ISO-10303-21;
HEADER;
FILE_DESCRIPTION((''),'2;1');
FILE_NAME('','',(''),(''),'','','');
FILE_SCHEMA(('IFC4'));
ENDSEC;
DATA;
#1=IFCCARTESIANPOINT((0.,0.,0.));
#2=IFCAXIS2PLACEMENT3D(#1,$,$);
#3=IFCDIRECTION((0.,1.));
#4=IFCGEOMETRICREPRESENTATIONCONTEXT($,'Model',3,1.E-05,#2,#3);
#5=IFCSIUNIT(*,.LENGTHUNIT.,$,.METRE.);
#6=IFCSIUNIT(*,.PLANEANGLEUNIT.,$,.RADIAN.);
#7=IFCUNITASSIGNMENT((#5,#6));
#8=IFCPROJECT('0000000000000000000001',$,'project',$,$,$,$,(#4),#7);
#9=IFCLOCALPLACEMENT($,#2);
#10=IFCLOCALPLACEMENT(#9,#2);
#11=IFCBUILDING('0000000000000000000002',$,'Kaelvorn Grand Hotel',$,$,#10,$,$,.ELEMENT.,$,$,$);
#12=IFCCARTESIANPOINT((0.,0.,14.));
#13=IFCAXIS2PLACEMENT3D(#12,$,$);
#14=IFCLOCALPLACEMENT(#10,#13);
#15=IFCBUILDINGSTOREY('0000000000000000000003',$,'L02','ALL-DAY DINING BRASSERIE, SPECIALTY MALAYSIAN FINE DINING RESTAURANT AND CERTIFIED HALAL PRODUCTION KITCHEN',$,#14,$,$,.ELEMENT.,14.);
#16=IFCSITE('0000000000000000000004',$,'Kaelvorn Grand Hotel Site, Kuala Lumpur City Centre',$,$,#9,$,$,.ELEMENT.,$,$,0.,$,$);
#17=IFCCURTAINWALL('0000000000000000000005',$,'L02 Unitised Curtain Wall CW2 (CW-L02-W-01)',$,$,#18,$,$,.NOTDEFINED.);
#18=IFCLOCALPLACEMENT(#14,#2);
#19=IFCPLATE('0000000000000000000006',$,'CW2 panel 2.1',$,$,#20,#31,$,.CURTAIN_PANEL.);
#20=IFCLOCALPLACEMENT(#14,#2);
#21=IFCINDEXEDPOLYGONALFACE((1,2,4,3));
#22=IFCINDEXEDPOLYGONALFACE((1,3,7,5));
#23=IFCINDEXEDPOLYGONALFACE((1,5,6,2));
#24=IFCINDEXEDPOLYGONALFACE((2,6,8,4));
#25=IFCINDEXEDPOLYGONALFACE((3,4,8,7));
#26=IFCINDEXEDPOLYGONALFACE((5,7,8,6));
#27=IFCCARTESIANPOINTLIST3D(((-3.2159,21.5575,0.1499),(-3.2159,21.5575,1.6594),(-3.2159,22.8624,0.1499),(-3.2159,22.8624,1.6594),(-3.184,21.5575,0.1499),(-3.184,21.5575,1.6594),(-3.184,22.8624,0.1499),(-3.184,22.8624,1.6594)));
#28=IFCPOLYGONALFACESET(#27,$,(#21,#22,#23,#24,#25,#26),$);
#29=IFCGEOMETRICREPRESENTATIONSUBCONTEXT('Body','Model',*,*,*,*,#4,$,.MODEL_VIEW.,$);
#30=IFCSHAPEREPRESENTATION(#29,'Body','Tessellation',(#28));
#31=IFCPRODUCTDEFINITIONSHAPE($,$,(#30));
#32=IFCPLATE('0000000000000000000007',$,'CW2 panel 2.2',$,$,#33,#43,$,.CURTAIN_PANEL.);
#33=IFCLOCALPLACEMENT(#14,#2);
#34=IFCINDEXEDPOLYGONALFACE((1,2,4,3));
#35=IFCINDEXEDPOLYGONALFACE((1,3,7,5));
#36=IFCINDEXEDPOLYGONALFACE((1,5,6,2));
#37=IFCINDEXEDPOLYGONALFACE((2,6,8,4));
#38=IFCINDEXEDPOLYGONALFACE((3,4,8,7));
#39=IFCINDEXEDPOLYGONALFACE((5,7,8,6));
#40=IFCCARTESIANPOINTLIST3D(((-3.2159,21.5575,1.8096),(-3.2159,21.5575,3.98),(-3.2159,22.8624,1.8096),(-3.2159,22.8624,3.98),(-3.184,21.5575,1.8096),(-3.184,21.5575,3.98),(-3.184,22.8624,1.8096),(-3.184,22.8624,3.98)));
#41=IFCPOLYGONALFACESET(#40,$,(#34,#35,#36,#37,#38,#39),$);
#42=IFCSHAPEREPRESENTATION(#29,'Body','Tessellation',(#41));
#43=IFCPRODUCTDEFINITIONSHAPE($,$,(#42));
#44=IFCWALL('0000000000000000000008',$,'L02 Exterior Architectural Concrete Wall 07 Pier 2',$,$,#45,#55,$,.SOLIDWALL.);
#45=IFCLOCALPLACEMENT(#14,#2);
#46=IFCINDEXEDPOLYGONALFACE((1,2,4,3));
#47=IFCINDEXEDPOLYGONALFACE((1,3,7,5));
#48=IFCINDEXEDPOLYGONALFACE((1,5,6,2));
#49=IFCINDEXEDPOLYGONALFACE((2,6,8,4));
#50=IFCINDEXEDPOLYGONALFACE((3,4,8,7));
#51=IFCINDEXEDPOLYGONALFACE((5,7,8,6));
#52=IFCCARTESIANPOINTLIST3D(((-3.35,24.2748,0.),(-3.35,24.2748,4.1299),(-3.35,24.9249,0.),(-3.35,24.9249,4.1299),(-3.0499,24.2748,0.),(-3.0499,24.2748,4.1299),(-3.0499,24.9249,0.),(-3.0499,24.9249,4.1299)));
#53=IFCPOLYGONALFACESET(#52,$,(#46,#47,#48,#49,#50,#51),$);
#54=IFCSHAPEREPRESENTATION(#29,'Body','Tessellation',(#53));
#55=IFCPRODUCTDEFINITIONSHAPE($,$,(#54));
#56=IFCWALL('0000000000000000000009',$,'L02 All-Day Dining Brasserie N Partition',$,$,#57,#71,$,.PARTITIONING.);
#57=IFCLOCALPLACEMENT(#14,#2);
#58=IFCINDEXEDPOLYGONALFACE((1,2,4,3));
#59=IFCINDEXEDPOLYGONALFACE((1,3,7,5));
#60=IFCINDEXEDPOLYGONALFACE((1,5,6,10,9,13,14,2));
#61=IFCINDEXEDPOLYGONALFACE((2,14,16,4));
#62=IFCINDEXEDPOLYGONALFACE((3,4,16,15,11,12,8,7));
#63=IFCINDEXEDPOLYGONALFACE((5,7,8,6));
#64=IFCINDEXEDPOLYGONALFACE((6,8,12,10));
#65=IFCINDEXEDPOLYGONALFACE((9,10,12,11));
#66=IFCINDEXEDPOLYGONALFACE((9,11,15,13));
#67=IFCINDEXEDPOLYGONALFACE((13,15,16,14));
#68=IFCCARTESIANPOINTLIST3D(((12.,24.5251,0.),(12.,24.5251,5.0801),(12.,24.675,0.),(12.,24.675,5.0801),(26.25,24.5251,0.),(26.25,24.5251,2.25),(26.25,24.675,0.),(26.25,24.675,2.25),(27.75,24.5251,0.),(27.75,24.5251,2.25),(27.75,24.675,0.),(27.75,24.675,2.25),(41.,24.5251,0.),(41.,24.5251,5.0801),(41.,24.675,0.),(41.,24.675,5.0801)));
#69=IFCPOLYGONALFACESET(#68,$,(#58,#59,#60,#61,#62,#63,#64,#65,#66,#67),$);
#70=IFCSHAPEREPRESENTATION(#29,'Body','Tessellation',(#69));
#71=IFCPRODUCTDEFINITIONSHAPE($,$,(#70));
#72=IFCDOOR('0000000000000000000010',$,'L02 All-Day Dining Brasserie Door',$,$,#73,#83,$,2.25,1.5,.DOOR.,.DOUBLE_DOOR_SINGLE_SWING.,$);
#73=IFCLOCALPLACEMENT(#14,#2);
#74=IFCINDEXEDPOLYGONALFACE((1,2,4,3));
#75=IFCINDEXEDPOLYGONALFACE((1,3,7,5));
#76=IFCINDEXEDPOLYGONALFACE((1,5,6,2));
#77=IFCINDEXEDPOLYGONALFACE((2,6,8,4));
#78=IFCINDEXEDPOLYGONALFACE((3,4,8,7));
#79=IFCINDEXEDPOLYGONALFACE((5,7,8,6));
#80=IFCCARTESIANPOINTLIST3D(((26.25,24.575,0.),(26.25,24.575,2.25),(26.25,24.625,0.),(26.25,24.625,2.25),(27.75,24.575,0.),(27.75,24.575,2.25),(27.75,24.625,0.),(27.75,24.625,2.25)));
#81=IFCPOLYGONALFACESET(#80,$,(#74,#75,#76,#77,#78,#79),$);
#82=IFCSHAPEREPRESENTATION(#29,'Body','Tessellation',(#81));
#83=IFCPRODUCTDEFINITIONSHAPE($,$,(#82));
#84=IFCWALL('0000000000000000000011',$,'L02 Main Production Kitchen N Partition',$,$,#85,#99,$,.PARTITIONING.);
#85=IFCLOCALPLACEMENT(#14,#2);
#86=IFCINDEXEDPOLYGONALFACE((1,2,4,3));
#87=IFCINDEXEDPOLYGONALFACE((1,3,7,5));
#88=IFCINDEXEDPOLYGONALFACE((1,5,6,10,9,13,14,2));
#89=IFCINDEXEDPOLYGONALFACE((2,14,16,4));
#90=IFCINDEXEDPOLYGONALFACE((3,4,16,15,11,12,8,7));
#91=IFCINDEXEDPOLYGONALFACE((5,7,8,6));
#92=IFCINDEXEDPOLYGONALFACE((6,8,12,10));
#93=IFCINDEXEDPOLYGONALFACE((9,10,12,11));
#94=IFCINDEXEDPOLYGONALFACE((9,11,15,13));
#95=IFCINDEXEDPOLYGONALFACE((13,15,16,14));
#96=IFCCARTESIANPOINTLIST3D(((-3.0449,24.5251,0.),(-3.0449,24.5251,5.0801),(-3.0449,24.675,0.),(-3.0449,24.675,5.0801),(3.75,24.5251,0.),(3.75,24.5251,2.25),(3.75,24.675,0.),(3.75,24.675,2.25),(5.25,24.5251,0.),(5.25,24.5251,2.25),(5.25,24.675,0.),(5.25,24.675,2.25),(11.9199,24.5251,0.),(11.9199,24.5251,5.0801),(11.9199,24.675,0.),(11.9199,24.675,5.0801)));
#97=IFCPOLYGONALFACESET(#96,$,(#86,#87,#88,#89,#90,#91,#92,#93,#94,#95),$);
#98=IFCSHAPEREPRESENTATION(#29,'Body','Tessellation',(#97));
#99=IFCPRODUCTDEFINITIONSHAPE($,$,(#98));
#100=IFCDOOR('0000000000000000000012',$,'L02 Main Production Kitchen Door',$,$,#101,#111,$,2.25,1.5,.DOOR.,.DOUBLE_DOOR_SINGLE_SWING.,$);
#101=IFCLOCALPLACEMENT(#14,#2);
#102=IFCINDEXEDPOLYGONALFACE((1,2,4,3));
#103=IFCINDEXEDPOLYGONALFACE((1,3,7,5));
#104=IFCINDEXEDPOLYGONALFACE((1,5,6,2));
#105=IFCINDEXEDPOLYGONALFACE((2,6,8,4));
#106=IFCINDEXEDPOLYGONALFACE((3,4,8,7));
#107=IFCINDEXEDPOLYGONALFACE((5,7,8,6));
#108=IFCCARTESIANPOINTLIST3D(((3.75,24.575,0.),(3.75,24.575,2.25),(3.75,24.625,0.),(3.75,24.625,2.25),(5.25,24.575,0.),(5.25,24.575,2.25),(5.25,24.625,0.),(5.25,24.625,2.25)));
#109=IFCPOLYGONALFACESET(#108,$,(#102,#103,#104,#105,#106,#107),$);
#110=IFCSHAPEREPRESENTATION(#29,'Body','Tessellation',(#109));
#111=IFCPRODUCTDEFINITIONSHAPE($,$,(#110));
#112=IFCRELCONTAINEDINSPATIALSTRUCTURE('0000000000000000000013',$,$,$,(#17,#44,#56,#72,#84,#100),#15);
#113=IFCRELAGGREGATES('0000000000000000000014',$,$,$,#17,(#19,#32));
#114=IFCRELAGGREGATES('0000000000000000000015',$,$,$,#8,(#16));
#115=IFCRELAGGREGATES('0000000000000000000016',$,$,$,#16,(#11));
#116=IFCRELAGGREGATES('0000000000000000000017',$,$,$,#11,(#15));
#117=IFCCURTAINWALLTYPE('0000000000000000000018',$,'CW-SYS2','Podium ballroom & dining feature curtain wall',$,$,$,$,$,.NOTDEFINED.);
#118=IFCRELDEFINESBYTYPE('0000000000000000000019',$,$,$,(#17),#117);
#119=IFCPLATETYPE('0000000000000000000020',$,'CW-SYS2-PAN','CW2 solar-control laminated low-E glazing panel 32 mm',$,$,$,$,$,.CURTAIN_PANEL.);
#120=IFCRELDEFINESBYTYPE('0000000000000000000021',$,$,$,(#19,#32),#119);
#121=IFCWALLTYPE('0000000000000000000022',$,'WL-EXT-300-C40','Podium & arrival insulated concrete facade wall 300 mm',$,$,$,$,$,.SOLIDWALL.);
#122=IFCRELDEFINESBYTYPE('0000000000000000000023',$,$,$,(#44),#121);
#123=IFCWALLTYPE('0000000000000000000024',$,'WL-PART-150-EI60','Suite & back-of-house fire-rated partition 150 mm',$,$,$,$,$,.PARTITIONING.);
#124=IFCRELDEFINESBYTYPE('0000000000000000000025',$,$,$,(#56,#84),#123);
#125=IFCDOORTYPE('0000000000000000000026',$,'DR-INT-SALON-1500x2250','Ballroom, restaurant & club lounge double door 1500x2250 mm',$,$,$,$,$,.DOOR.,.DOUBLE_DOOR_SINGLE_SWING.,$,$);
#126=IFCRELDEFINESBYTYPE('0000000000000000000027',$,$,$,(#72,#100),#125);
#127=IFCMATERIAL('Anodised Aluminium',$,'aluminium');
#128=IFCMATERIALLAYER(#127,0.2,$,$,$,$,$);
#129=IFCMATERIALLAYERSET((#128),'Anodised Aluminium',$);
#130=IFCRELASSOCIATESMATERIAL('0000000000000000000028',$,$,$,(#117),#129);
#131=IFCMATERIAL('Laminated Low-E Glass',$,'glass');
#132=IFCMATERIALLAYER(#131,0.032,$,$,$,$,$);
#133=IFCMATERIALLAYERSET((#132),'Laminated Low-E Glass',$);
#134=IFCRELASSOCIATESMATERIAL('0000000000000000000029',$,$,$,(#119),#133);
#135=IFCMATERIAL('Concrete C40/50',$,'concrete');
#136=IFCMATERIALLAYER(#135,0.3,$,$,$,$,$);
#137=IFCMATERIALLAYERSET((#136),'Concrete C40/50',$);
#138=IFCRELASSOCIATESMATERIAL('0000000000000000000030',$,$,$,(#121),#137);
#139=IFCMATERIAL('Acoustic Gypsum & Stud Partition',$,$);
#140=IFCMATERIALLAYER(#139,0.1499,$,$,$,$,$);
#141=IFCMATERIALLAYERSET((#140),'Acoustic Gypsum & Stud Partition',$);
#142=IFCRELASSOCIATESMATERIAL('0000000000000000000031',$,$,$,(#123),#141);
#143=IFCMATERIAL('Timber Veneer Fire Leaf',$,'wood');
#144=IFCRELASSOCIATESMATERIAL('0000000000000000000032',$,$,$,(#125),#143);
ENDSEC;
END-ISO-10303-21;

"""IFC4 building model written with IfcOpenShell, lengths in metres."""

from ifc_helpers import new_model, si_unit, direction, frame, frame_2d, origin, origin_2d, place, context, subcontext, project, spatial, rectangle, extrude, material, layer, layer_set, type_object, element, fill, aggregate, save


model = new_model("IFC4")

# Units and contexts
model_context = context("Model", 3, precision=1e-05, world=origin(), true_north=direction((0.0, 1.0)))
body_context = subcontext(model_context, "Body", "Model", "MODEL_VIEW")
ifc_project = project(units=[si_unit("LENGTHUNIT", "METRE"), si_unit("PLANEANGLEUNIT", "RADIAN")], contexts=[model_context])

# Site, building, storey
site_placement = place(None, origin())
site = spatial("IfcSite", under=ifc_project, at=site_placement, Name="Kaelvorn Grand Hotel Site, Kuala Lumpur City Centre", CompositionType="ELEMENT", RefElevation=0.0)
building_placement = place(site_placement, origin())
building = spatial("IfcBuilding", under=site, at=building_placement, Name="Kaelvorn Grand Hotel", CompositionType="ELEMENT")
storey_placement = place(building_placement, frame((0.0, 0.0, 14.0)))
storey = spatial("IfcBuildingStorey", under=building, at=storey_placement, Name="L02", Description="ALL-DAY DINING BRASSERIE, SPECIALTY MALAYSIAN FINE DINING RESTAURANT AND CERTIFIED HALAL PRODUCTION KITCHEN", CompositionType="ELEMENT", Elevation=14.0)

# Shared definitions
ifc_material_1 = material(Name="Anodised Aluminium", Category="aluminium")
ifc_layer_1 = layer(ifc_material_1, 0.2)
ifc_layer_set_1 = layer_set([ifc_layer_1], Name="Anodised Aluminium")
curtain_wall_type = type_object("IfcCurtainWallType", Name="CW-SYS2", Description="Podium ballroom & dining feature curtain wall", PredefinedType="NOTDEFINED", material=ifc_layer_set_1)

# Curtain wall
curtain_wall_1_placement = place(storey_placement, origin())
curtain_wall_1 = element("IfcCurtainWall", 1, at=curtain_wall_1_placement, inside=storey, type_object=curtain_wall_type, Name="L02 Unitised Curtain Wall CW2 (CW-L02-W-01)", PredefinedType="NOTDEFINED")

# Plates
ifc_material_2 = material(Name="Laminated Low-E Glass", Category="glass")
ifc_layer_2 = layer(ifc_material_2, 0.032)
ifc_layer_set_2 = layer_set([ifc_layer_2], Name="Laminated Low-E Glass")
plate_type = type_object("IfcPlateType", Name="CW-SYS2-PAN", Description="CW2 solar-control laminated low-E glazing panel 32 mm", PredefinedType="CURTAIN_PANEL", material=ifc_layer_set_2)
plate_1_placement = place(storey_placement, frame((-3.2, 22.21, 0.1499), z_axis=(0.0, 0.0, 1.0), x_axis=(0.0, -1.0, 0.0)))
plate_1 = element("IfcPlate", 2, at=plate_1_placement, type_object=plate_type, Name="CW2 panel 2.1", PredefinedType="CURTAIN_PANEL", context=body_context, shape_type="SweptSolid", body=[
    extrude(rectangle(XDim=1.3049, YDim=0.032, at=origin_2d()), origin(), (0.0, 0.0, 1.0), 1.5095),
])
plate_2_placement = place(storey_placement, frame((-3.2, 22.21, 1.8096), z_axis=(0.0, 0.0, 1.0), x_axis=(0.0, -1.0, 0.0)))
plate_2 = element("IfcPlate", 3, at=plate_2_placement, type_object=plate_type, Name="CW2 panel 2.2", PredefinedType="CURTAIN_PANEL", context=body_context, shape_type="SweptSolid", body=[
    extrude(rectangle(XDim=1.3049, YDim=0.032, at=origin_2d()), origin(), (0.0, 0.0, 1.0), 2.1704),
])
aggregate(curtain_wall_1, [plate_1, plate_2])

# Wall
ifc_material_3 = material(Name="Concrete C40/50", Category="concrete")
ifc_layer_3 = layer(ifc_material_3, 0.3)
ifc_layer_set_3 = layer_set([ifc_layer_3], Name="Concrete C40/50")
wall_type_1 = type_object("IfcWallType", Name="WL-EXT-300-C40", Description="Podium & arrival insulated concrete facade wall 300 mm", PredefinedType="SOLIDWALL", material=ifc_layer_set_3)
wall_1_placement = place(storey_placement, frame((-3.2, 24.925, 0.0), z_axis=(0.0, 0.0, 1.0), x_axis=(0.0, -1.0, 0.0)))
element("IfcWall", 4, at=wall_1_placement, inside=storey, type_object=wall_type_1, Name="L02 Exterior Architectural Concrete Wall 07 Pier 2", PredefinedType="SOLIDWALL", context=body_context, shape_type="SweptSolid", body=[
    extrude(rectangle(XDim=0.6501, YDim=0.3, at=frame_2d((0.3252, 0.0))), origin(), (0.0, 0.0, 1.0), 4.1299),
])

# Walls, openings, doors
ifc_material_4 = material(Name="Acoustic Gypsum & Stud Partition")
ifc_layer_4 = layer(ifc_material_4, 0.1499)
ifc_layer_set_4 = layer_set([ifc_layer_4], Name="Acoustic Gypsum & Stud Partition")
wall_type_2 = type_object("IfcWallType", Name="WL-PART-150-EI60", Description="Suite & back-of-house fire-rated partition 150 mm", PredefinedType="PARTITIONING", material=ifc_layer_set_4)
wall_2_placement = place(storey_placement, frame((12.0, 24.6001, 0.0), z_axis=(0.0, 0.0, 1.0), x_axis=(1.0, 0.0, 0.0)))
wall_2 = element("IfcWall", 5, at=wall_2_placement, inside=storey, type_object=wall_type_2, Name="L02 All-Day Dining Brasserie N Partition", PredefinedType="PARTITIONING", context=body_context, shape_type="SweptSolid", body=[
    extrude(rectangle(XDim=29.0, YDim=0.1499, at=frame_2d((14.5, 0.0))), origin(), (0.0, 0.0, 1.0), 5.0801),
])
opening_1_placement = place(wall_2_placement, frame((14.25, 0.0, 0.0)))
opening_1 = element("IfcOpeningElement", 6, at=opening_1_placement, cuts=wall_2, PredefinedType="OPENING", context=body_context, shape_type="SweptSolid", body=[
    extrude(rectangle(XDim=1.5, YDim=2.25, at=frame_2d((0.75, 1.125))), frame((0.0, 0.085, 0.0), z_axis=(0.0, -1.0, 0.0), x_axis=(1.0, 0.0, 0.0)), (0.0, 0.0, 1.0), 0.1699),
])
ifc_material_5 = material(Name="Timber Veneer Fire Leaf", Category="wood")
door_type = type_object("IfcDoorType", Name="DR-INT-SALON-1500x2250", Description="Ballroom, restaurant & club lounge double door 1500x2250 mm", OperationType="DOUBLE_DOOR_SINGLE_SWING", PredefinedType="DOOR", material=ifc_material_5)
door_1_placement = place(opening_1_placement, origin())
door_1 = element("IfcDoor", 7, at=door_1_placement, inside=storey, type_object=door_type, Name="L02 All-Day Dining Brasserie Door", OperationType="DOUBLE_DOOR_SINGLE_SWING", OverallHeight=2.25, OverallWidth=1.5, PredefinedType="DOOR", context=body_context, shape_type="SweptSolid", body=[
    extrude(rectangle(XDim=1.5, YDim=2.25, at=frame_2d((0.75, 1.125))), frame((0.0, 0.0249, 0.0), z_axis=(0.0, -1.0, 0.0), x_axis=(1.0, 0.0, 0.0)), (0.0, 0.0, 1.0), 0.05),
])
fill(opening_1, door_1)
wall_3_placement = place(storey_placement, frame((-3.0449, 24.6001, 0.0), z_axis=(0.0, 0.0, 1.0), x_axis=(1.0, 0.0, 0.0)))
wall_3 = element("IfcWall", 8, at=wall_3_placement, inside=storey, type_object=wall_type_2, Name="L02 Main Production Kitchen N Partition", PredefinedType="PARTITIONING", context=body_context, shape_type="SweptSolid", body=[
    extrude(rectangle(XDim=14.9648, YDim=0.1499, at=frame_2d((7.4824, 0.0))), origin(), (0.0, 0.0, 1.0), 5.0801),
])
opening_2_placement = place(wall_3_placement, frame((6.7949, 0.0, 0.0)))
opening_2 = element("IfcOpeningElement", 9, at=opening_2_placement, cuts=wall_3, PredefinedType="OPENING", context=body_context, shape_type="SweptSolid", body=[
    extrude(rectangle(XDim=1.5, YDim=2.25, at=frame_2d((0.75, 1.125))), frame((0.0, 0.085, 0.0), z_axis=(0.0, -1.0, 0.0), x_axis=(1.0, 0.0, 0.0)), (0.0, 0.0, 1.0), 0.1699),
])
door_2_placement = place(opening_2_placement, origin())
door_2 = element("IfcDoor", 10, at=door_2_placement, inside=storey, type_object=door_type, Name="L02 Main Production Kitchen Door", OperationType="DOUBLE_DOOR_SINGLE_SWING", OverallHeight=2.25, OverallWidth=1.5, PredefinedType="DOOR", context=body_context, shape_type="SweptSolid", body=[
    extrude(rectangle(XDim=1.5, YDim=2.25, at=frame_2d((0.75, 1.125))), frame((0.0, 0.0249, 0.0), z_axis=(0.0, -1.0, 0.0), x_axis=(1.0, 0.0, 0.0)), (0.0, 0.0, 1.0), 0.05),
])
fill(opening_2, door_2)

save(model, "model.ifc")
